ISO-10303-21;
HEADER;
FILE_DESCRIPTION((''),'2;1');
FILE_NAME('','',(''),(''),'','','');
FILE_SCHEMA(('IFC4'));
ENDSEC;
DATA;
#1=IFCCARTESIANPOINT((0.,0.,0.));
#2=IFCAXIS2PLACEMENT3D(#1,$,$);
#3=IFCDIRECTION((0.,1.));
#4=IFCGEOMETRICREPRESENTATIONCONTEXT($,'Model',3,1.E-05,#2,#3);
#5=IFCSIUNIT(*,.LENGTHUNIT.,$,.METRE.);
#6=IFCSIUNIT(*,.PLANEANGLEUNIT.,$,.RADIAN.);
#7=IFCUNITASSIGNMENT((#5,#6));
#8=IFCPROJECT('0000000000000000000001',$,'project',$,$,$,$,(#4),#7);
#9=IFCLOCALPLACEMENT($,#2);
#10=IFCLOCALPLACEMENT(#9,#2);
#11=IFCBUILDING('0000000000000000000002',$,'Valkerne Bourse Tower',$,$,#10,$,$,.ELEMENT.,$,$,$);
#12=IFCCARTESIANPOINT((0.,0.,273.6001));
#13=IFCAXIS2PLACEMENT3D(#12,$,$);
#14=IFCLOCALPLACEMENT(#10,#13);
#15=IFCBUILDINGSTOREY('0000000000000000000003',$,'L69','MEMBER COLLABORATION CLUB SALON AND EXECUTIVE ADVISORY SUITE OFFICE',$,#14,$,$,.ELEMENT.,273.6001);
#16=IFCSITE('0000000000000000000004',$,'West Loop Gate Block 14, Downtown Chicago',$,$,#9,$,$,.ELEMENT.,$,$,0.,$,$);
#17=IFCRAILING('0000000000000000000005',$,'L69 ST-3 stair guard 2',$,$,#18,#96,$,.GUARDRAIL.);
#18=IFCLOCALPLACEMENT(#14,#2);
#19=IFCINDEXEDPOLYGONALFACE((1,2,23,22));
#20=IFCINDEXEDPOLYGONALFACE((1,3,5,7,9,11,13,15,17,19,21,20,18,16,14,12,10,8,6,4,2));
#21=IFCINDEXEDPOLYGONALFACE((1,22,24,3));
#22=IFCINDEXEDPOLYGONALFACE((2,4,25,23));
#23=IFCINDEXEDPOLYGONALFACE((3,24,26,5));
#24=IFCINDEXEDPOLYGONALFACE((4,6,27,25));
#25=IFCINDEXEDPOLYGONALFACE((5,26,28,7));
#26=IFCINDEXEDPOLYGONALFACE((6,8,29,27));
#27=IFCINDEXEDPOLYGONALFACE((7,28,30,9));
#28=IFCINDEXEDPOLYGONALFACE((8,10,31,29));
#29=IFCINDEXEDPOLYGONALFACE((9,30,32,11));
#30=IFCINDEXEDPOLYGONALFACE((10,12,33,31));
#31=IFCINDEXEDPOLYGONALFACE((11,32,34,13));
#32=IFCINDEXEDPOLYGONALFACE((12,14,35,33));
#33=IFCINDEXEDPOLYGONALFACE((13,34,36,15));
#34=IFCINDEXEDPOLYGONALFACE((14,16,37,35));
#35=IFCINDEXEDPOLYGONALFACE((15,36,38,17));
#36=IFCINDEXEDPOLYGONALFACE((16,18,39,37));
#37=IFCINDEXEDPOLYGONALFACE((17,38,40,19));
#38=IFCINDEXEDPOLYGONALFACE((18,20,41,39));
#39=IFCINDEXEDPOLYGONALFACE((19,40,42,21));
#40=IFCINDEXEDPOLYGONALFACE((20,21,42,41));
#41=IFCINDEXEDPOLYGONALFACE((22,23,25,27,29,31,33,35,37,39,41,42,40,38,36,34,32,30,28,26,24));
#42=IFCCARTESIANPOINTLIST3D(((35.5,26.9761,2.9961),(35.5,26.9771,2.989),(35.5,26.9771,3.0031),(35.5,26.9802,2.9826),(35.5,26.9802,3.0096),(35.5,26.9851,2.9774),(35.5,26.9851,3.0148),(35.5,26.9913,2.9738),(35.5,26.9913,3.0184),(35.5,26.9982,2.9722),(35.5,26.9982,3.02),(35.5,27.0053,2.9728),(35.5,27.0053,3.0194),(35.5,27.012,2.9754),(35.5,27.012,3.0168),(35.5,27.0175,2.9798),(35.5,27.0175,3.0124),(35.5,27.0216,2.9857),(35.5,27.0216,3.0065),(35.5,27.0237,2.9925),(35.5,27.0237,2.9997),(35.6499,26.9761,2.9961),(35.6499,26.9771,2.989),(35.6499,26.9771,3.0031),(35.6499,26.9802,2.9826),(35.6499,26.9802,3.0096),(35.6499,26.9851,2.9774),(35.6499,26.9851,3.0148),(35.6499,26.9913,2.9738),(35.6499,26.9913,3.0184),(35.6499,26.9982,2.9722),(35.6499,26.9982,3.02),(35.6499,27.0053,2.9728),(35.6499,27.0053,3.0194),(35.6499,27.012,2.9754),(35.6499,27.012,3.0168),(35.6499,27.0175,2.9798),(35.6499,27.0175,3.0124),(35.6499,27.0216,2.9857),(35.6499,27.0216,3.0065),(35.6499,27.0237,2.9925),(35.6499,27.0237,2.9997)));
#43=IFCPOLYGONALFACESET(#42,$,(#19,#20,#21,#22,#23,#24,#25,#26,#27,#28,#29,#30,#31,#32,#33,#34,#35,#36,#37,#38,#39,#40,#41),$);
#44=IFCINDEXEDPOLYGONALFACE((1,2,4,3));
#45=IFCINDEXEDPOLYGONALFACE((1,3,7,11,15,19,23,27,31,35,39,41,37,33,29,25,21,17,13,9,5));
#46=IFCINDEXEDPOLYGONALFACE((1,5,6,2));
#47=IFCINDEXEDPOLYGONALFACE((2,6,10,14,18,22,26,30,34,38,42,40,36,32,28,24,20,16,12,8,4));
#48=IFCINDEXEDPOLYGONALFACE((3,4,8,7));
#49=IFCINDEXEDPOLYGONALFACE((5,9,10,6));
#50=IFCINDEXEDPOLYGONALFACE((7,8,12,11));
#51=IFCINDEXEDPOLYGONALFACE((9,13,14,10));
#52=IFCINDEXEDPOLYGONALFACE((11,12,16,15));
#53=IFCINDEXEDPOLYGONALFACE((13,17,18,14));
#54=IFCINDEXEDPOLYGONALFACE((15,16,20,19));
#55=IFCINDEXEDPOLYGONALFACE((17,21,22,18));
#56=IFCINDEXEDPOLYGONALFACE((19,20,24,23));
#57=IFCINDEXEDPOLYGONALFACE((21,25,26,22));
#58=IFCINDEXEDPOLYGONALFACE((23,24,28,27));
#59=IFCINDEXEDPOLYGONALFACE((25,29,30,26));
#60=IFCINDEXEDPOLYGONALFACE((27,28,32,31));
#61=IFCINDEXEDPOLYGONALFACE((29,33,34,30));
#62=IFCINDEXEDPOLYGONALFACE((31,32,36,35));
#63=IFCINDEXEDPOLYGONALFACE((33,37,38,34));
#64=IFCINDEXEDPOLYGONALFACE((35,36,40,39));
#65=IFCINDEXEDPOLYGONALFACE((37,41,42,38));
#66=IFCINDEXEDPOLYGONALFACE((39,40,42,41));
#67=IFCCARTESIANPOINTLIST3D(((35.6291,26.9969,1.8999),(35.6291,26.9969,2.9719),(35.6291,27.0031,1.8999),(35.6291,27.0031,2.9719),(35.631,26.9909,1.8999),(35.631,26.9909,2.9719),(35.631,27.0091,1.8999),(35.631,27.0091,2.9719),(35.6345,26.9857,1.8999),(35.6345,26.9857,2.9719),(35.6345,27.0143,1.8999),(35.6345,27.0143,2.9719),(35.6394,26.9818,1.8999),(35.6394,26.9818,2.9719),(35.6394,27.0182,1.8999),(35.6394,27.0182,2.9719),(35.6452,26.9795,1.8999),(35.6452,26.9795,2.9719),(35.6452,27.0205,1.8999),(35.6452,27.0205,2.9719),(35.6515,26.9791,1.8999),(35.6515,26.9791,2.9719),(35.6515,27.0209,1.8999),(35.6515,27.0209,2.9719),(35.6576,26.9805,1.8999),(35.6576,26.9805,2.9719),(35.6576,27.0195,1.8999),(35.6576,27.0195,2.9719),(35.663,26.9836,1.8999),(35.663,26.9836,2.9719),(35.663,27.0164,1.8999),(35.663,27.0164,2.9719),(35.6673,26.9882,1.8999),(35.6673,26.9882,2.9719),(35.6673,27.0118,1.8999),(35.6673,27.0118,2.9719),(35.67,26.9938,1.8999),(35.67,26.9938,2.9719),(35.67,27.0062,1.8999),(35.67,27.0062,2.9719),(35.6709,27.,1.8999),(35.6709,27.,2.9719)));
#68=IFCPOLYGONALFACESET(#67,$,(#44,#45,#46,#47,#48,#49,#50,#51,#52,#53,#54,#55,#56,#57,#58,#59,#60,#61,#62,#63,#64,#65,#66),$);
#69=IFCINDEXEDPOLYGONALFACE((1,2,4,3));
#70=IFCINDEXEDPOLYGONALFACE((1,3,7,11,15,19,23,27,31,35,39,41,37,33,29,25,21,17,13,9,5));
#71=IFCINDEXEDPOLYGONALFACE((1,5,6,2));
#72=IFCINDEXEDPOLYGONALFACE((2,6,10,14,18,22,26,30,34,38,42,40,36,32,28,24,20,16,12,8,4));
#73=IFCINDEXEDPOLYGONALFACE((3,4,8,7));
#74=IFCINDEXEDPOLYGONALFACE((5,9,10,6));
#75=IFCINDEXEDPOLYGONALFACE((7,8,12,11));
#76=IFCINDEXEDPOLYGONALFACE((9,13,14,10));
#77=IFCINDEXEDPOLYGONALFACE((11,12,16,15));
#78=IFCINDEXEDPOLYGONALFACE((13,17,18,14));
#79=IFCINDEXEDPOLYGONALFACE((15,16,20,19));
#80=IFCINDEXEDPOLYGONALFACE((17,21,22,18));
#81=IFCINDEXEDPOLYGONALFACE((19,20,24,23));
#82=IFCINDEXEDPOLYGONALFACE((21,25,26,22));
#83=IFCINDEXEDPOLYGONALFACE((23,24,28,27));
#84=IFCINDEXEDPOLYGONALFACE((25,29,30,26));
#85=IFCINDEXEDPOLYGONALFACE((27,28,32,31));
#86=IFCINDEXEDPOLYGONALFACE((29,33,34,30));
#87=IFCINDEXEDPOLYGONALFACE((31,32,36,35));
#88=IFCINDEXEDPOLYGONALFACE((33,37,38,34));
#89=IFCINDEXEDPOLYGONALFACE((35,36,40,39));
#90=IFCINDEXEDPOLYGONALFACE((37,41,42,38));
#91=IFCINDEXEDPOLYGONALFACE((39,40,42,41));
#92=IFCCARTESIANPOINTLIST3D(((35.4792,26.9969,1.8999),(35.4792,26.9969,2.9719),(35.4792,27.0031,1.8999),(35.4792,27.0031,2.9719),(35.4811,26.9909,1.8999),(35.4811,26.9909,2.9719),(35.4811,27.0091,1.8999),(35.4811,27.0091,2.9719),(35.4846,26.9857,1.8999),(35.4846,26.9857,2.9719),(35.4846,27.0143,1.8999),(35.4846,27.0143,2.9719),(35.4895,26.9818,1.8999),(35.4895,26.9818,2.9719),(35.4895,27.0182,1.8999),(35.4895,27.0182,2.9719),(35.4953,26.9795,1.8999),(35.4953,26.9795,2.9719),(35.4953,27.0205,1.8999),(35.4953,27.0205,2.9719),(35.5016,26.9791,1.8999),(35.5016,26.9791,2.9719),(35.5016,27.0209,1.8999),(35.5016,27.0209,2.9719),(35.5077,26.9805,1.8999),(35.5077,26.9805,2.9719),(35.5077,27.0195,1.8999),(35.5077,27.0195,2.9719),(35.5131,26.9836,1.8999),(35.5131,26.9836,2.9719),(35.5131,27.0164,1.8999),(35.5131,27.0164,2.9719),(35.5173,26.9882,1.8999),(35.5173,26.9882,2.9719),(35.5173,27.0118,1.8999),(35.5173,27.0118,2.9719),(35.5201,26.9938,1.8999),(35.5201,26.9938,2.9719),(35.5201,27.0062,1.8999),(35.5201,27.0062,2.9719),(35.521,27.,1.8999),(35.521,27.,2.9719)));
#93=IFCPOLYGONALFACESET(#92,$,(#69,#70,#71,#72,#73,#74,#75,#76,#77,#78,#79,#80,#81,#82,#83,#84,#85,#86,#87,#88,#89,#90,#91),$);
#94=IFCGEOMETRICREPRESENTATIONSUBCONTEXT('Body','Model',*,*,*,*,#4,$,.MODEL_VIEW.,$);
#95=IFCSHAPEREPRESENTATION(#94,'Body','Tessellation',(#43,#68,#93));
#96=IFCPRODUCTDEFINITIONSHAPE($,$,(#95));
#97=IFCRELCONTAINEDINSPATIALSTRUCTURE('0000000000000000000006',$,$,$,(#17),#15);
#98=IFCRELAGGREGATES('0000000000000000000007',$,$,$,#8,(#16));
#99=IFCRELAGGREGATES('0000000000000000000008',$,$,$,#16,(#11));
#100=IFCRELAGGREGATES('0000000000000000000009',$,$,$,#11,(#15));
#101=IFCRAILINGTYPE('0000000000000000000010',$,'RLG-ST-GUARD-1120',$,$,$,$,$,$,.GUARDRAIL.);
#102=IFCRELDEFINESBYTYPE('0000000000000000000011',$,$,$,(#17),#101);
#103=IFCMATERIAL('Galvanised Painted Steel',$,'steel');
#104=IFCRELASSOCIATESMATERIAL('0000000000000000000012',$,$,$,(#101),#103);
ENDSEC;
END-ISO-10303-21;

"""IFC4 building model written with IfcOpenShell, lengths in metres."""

from ifc_helpers import new_model, si_unit, direction, frame, origin, origin_2d, place, context, subcontext, project, spatial, circle, extrude, material, type_object, element, save


model = new_model("IFC4")

# Units and contexts
model_context = context("Model", 3, precision=1e-05, world=origin(), true_north=direction((0.0, 1.0)))
body_context = subcontext(model_context, "Body", "Model", "MODEL_VIEW")
ifc_project = project(units=[si_unit("LENGTHUNIT", "METRE"), si_unit("PLANEANGLEUNIT", "RADIAN")], contexts=[model_context])

# Site, building, storey
site_placement = place(None, origin())
site = spatial("IfcSite", under=ifc_project, at=site_placement, Name="West Loop Gate Block 14, Downtown Chicago", CompositionType="ELEMENT", RefElevation=0.0)
building_placement = place(site_placement, origin())
building = spatial("IfcBuilding", under=site, at=building_placement, Name="Valkerne Bourse Tower", CompositionType="ELEMENT")
storey_placement = place(building_placement, frame((0.0, 0.0, 273.6001)))
storey = spatial("IfcBuildingStorey", under=building, at=storey_placement, Name="L69", Description="MEMBER COLLABORATION CLUB SALON AND EXECUTIVE ADVISORY SUITE OFFICE", CompositionType="ELEMENT", Elevation=273.6001)

# Railing
ifc_material_1 = material(Name="Galvanised Painted Steel", Category="steel")
railing_type_1 = type_object("IfcRailingType", Name="RLG-ST-GUARD-1120", PredefinedType="GUARDRAIL", material=ifc_material_1)
railing_1_placement = place(storey_placement, frame((35.6499, 27.0, 1.8999)))
element("IfcRailing", 1, at=railing_1_placement, inside=storey, type_object=railing_type_1, Name="L69 ST-3 stair guard 2", PredefinedType="GUARDRAIL", context=body_context, shape_type="SweptSolid", body=[
    extrude(circle(Radius=0.0239, at=origin_2d()), frame((0.0, 0.0, 1.0962), z_axis=(-1.0, 0.0, 0.0), x_axis=(0.0, -1.0, 0.0)), (0.0, 0.0, 1.0), 0.1499),
    extrude(circle(Radius=0.021, at=origin_2d()), origin(), (0.0, 0.0, 1.0), 1.072),
    extrude(circle(Radius=0.021, at=origin_2d()), frame((-0.1499, 0.0, 0.0)), (0.0, 0.0, 1.0), 1.072),
])

save(model, "model.ifc")
